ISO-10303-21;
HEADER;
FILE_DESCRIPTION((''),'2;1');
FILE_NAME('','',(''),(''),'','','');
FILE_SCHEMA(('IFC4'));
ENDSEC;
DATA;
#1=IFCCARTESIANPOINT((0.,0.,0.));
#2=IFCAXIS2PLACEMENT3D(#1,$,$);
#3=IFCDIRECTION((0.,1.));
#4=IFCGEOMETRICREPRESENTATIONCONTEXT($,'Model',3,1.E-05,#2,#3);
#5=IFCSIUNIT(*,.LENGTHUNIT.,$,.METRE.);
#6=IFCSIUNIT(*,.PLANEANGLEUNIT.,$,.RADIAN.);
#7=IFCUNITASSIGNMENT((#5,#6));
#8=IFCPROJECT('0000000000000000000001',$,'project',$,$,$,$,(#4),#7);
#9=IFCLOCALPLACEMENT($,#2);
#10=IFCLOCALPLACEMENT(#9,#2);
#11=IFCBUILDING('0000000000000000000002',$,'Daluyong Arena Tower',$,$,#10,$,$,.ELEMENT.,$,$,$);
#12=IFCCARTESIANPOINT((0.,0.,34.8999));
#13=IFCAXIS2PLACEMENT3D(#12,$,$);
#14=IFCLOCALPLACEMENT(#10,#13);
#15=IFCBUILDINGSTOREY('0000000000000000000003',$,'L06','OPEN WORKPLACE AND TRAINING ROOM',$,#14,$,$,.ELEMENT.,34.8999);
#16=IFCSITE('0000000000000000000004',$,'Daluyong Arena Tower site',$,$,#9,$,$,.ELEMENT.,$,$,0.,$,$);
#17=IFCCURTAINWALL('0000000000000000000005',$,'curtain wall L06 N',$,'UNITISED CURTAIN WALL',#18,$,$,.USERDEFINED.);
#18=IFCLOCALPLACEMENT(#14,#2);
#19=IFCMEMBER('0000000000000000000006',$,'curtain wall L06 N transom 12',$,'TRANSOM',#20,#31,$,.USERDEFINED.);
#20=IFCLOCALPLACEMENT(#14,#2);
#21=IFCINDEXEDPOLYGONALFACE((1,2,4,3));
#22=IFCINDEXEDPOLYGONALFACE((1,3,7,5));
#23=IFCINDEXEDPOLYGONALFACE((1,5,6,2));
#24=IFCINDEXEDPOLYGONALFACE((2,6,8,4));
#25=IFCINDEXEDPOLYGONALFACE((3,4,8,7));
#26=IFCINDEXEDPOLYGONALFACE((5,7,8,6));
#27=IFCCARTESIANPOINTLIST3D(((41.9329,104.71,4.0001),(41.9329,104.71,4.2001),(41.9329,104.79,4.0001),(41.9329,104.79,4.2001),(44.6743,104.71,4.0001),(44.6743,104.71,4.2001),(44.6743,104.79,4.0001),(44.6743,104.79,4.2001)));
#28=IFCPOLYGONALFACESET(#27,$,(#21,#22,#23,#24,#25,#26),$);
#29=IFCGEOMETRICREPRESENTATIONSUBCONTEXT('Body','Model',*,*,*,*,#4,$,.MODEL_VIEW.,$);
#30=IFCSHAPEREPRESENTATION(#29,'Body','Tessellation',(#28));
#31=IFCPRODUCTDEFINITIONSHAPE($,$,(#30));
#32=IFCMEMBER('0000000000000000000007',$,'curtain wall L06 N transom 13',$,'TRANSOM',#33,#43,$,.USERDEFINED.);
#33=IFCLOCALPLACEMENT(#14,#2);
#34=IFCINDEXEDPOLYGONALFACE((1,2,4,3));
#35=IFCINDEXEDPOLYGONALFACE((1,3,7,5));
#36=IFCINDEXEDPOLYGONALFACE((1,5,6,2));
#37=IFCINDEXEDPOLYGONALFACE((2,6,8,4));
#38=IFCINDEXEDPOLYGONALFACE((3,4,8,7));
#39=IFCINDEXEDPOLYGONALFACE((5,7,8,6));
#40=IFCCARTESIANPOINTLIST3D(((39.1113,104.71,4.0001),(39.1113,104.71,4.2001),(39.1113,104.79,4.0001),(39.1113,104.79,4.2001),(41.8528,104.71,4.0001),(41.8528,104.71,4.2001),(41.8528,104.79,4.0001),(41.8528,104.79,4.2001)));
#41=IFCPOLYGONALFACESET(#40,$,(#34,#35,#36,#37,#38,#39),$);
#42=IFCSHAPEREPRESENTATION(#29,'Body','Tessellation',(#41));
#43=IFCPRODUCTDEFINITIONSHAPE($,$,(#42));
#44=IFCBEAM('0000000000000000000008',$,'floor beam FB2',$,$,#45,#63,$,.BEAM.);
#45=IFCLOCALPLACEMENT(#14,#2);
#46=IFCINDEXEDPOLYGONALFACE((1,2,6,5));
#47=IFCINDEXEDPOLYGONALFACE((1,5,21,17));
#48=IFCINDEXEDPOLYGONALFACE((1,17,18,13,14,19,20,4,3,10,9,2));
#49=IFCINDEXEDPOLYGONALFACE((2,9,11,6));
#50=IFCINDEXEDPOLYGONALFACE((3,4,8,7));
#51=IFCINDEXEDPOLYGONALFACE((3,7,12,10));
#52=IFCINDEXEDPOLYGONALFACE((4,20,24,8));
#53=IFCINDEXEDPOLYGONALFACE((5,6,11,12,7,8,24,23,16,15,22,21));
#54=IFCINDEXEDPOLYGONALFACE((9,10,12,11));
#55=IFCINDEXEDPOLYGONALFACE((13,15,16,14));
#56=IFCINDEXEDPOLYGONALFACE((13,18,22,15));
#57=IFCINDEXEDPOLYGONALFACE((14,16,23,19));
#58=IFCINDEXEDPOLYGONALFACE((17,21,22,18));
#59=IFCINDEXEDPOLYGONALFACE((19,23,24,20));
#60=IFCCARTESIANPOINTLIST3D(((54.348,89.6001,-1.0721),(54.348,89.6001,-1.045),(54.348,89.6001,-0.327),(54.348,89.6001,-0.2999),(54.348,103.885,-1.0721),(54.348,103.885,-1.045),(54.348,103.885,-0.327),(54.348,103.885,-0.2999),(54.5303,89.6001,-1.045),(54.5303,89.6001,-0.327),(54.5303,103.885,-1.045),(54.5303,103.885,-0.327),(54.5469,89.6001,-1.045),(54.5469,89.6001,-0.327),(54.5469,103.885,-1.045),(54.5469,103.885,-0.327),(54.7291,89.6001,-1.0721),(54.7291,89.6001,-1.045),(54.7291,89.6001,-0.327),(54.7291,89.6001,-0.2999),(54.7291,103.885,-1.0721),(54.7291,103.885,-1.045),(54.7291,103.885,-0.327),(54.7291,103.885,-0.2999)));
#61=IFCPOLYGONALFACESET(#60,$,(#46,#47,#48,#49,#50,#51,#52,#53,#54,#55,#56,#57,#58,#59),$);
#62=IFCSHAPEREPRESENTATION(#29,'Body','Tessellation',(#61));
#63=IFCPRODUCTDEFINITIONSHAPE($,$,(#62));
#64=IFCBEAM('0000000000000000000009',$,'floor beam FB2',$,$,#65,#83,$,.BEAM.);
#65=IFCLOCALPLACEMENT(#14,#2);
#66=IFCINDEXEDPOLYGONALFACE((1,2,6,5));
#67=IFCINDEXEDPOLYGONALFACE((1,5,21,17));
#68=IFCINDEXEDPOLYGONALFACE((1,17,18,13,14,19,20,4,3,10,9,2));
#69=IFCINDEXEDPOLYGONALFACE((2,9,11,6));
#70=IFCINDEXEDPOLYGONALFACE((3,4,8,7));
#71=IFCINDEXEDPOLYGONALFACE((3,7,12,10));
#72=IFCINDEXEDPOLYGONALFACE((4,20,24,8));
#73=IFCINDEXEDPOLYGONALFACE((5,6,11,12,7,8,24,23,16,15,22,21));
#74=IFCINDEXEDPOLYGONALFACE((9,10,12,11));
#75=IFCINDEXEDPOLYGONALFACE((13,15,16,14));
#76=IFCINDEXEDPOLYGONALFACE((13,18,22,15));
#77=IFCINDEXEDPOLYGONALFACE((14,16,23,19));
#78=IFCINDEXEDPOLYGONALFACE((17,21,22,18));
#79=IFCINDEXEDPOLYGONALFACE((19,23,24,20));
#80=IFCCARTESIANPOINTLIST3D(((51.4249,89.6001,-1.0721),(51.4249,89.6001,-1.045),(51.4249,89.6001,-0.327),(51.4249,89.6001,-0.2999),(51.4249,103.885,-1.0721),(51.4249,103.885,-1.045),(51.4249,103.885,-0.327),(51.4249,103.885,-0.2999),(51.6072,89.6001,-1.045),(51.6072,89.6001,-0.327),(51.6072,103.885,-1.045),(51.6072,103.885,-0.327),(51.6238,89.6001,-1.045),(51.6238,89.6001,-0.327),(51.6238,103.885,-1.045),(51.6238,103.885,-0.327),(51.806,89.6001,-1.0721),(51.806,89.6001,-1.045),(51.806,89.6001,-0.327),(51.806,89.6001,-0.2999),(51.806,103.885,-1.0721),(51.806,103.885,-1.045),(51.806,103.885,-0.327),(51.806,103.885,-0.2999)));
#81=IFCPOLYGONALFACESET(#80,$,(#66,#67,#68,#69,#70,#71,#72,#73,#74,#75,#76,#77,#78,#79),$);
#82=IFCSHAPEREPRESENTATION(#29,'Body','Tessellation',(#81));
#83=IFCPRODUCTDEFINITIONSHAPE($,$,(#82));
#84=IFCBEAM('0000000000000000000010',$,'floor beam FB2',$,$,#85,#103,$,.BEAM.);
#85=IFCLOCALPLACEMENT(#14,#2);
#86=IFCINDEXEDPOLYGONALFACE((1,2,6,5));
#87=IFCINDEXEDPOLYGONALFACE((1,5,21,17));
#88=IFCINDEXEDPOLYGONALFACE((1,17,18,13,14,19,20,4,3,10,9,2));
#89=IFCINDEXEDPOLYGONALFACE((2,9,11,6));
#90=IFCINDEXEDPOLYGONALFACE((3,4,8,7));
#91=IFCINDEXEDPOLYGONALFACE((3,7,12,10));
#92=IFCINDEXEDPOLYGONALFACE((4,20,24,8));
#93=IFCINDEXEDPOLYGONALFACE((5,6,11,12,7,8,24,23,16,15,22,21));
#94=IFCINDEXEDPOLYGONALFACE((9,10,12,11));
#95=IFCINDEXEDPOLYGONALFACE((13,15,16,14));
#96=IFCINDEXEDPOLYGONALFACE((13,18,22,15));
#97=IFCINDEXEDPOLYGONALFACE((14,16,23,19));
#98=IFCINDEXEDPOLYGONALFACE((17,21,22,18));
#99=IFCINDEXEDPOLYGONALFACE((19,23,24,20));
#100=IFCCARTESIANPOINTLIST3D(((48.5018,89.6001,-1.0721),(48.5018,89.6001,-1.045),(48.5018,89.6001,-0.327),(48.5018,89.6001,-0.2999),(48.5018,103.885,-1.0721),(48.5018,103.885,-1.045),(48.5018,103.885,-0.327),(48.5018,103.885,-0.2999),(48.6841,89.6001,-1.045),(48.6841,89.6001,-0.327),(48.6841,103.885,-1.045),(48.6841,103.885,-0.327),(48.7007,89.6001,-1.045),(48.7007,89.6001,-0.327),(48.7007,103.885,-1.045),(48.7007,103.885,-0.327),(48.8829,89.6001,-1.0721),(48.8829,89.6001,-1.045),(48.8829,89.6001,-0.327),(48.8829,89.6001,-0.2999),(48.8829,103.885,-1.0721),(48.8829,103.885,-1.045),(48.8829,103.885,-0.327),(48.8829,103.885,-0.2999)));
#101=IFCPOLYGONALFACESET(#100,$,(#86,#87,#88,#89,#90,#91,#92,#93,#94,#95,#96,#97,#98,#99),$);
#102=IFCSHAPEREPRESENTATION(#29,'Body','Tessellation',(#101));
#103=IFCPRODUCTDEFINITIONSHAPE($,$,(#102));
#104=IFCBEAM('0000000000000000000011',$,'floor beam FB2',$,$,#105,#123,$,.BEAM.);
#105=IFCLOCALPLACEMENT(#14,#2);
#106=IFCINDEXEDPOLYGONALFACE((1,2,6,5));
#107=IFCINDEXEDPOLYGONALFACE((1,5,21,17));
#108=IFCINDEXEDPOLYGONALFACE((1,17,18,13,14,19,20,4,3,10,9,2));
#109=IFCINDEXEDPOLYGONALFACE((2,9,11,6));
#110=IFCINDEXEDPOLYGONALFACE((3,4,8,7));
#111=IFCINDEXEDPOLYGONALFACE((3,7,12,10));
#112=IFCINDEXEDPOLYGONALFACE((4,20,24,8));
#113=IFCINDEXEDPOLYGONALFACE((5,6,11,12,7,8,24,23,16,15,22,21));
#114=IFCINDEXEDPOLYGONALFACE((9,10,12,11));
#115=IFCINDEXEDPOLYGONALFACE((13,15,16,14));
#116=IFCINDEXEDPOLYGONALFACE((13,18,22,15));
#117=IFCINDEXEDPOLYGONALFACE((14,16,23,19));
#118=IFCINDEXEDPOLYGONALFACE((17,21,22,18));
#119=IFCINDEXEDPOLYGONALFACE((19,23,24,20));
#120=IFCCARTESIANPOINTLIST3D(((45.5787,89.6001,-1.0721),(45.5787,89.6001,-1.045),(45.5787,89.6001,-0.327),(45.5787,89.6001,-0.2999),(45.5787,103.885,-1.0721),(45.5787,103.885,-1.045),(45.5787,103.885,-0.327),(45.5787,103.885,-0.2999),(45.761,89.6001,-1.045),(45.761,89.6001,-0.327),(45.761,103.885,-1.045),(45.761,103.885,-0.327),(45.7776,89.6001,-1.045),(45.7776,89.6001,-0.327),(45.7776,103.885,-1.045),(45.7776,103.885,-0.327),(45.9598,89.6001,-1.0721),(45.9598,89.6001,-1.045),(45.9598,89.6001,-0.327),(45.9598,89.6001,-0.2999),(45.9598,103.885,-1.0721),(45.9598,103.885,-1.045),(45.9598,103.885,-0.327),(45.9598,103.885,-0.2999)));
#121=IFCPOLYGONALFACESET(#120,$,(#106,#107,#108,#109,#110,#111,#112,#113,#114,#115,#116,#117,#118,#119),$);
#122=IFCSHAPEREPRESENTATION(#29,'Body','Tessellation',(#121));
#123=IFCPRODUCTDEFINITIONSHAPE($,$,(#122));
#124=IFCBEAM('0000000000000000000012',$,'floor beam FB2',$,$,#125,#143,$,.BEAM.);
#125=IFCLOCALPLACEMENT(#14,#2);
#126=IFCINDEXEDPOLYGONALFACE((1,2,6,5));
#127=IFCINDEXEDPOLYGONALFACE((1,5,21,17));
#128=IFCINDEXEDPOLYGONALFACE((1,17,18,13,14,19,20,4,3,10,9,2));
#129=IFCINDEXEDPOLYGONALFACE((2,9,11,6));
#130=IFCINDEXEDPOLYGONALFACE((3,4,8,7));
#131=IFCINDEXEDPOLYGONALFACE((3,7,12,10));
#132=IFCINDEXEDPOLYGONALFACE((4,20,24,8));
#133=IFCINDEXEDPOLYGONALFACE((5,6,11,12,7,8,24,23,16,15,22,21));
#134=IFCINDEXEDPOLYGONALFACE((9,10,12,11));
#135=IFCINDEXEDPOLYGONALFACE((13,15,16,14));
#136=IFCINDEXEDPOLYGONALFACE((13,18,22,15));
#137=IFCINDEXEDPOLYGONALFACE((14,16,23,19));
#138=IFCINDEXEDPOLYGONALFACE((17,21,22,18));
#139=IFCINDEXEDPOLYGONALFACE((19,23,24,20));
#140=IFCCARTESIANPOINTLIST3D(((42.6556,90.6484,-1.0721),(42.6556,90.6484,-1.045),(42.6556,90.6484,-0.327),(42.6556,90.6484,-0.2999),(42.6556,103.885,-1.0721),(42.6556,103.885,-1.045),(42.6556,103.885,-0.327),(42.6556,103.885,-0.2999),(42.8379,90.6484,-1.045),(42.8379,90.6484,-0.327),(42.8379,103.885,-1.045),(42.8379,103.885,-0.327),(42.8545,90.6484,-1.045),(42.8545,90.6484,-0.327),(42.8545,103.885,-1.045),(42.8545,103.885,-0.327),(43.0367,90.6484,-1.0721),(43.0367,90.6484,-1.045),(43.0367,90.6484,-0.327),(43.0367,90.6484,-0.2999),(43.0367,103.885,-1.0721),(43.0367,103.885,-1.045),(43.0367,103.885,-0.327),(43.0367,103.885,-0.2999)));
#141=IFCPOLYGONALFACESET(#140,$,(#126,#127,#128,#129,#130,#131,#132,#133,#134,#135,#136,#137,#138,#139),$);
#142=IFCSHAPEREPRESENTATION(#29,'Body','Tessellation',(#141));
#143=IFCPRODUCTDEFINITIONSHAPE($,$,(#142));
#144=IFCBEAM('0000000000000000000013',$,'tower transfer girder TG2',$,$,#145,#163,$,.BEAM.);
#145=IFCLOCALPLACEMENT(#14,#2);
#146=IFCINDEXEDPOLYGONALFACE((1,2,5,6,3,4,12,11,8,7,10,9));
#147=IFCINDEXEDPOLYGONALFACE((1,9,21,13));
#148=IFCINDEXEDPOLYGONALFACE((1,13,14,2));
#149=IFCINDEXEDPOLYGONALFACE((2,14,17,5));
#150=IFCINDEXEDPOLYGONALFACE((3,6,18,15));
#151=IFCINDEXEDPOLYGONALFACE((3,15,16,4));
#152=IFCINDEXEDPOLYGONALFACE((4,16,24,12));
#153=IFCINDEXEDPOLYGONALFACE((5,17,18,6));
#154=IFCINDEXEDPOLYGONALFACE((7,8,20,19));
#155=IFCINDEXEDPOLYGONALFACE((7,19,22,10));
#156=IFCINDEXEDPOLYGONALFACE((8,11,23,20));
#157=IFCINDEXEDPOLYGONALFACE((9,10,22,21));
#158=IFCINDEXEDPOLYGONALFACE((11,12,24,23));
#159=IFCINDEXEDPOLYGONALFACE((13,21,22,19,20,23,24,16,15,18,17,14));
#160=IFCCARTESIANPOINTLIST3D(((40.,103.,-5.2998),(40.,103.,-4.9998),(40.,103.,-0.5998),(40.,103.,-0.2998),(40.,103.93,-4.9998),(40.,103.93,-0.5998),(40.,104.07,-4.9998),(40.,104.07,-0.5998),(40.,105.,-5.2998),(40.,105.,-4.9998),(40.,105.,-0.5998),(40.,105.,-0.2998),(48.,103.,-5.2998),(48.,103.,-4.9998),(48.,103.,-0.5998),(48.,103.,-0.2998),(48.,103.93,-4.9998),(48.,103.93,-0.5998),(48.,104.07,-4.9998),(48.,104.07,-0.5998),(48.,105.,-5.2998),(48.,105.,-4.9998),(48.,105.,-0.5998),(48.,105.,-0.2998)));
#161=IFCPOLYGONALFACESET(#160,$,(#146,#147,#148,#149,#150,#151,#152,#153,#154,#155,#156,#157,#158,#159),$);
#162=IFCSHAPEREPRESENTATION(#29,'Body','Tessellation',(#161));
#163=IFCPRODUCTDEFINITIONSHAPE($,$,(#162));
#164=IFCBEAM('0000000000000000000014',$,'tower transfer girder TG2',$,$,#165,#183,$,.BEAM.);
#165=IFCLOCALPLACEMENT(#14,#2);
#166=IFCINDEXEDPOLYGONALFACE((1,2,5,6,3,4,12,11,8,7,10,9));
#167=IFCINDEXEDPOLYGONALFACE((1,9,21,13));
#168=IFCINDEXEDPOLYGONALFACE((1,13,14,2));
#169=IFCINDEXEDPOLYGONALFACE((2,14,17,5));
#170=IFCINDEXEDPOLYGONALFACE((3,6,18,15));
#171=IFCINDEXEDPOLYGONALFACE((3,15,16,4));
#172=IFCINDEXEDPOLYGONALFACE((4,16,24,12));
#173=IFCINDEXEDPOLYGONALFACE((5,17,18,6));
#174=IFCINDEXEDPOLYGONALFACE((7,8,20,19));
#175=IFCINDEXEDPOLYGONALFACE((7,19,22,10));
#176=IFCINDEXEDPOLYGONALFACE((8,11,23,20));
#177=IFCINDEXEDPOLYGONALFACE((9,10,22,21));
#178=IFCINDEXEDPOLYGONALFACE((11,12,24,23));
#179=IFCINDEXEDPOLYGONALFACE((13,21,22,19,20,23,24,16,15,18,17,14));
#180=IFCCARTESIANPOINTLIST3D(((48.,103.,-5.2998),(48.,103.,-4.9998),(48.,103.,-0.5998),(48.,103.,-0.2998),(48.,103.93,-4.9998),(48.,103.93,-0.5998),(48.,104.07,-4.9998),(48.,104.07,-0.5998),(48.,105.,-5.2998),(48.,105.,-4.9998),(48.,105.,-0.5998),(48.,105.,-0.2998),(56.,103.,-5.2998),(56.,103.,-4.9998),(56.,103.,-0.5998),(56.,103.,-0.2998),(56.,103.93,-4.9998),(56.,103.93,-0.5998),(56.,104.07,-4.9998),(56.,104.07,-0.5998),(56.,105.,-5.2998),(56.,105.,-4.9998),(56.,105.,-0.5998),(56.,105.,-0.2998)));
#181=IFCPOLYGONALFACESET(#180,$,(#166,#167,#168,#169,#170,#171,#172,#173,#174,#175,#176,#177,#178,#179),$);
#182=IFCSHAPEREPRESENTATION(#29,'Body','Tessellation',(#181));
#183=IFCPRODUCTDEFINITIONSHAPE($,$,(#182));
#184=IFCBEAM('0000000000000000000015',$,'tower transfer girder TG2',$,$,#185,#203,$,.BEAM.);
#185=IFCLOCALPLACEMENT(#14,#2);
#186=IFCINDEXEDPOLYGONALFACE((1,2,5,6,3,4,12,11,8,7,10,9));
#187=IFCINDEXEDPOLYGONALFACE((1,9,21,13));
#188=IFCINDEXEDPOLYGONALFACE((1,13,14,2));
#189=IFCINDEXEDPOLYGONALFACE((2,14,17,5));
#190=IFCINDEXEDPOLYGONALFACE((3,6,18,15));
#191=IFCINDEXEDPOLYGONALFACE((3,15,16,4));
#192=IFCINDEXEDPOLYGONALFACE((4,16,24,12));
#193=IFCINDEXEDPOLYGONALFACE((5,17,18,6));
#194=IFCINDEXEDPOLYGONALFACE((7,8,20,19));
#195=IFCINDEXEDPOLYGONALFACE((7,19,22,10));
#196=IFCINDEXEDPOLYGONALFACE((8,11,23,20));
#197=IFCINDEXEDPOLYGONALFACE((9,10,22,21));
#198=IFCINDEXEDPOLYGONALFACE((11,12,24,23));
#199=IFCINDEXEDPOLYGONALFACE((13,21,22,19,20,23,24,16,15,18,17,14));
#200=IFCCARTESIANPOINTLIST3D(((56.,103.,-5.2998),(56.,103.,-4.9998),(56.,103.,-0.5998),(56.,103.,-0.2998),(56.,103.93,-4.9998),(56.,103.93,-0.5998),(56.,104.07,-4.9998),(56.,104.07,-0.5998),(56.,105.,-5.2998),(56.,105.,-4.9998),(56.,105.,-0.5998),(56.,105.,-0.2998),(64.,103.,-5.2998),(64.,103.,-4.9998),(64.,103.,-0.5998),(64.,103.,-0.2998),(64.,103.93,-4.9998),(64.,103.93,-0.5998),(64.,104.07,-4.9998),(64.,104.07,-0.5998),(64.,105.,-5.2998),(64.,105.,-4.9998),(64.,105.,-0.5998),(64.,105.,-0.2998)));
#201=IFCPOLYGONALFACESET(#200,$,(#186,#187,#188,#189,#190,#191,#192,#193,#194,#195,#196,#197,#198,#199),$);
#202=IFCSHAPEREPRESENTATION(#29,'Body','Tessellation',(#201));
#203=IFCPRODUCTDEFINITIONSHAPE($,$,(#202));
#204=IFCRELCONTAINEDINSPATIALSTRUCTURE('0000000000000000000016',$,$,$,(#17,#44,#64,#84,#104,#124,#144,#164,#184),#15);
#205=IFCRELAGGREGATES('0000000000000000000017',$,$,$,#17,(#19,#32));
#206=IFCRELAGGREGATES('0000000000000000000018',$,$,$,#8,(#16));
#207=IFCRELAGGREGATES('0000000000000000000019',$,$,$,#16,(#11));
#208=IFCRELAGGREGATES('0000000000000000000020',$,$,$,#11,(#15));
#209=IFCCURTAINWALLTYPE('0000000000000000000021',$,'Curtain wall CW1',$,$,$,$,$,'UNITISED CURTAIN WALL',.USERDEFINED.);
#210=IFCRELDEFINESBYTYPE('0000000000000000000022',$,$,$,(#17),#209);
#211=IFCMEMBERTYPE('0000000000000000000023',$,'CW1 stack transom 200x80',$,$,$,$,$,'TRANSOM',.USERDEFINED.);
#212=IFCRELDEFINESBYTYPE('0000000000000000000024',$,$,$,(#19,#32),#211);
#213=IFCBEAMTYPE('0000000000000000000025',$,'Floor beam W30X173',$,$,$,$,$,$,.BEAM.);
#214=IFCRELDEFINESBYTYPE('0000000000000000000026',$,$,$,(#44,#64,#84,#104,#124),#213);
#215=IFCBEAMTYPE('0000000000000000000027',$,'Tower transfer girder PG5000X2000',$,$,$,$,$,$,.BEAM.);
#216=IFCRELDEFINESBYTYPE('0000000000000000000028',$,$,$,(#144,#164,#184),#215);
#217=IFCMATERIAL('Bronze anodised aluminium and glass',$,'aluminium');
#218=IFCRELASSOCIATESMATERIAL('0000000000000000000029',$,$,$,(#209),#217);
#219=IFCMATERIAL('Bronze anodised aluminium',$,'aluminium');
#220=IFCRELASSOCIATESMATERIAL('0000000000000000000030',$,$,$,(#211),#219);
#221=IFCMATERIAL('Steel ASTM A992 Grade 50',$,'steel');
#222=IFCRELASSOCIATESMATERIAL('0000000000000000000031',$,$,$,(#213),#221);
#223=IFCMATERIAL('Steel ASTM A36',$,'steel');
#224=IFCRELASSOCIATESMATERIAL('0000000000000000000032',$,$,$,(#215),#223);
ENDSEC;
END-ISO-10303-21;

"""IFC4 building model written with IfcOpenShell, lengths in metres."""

from ifc_helpers import new_model, si_unit, direction, frame, origin, origin_2d, place, context, subcontext, project, spatial, rectangle, i_section, extrude, material, material_profile, profile_set, type_object, element, aggregate, save


model = new_model("IFC4")

# Units and contexts
model_context = context("Model", 3, precision=1e-05, world=origin(), true_north=direction((0.0, 1.0)))
body_context = subcontext(model_context, "Body", "Model", "MODEL_VIEW")
ifc_project = project(units=[si_unit("LENGTHUNIT", "METRE"), si_unit("PLANEANGLEUNIT", "RADIAN")], contexts=[model_context])

# Site, building, storey
site_placement = place(None, origin())
site = spatial("IfcSite", under=ifc_project, at=site_placement, Name="Daluyong Arena Tower site", CompositionType="ELEMENT", RefElevation=0.0)
building_placement = place(site_placement, origin())
building = spatial("IfcBuilding", under=site, at=building_placement, Name="Daluyong Arena Tower", CompositionType="ELEMENT")
storey_placement = place(building_placement, frame((0.0, 0.0, 34.8999)))
storey = spatial("IfcBuildingStorey", under=building, at=storey_placement, Name="L06", Description="OPEN WORKPLACE AND TRAINING ROOM", CompositionType="ELEMENT", Elevation=34.8999)

# Curtain wall, members
ifc_material_1 = material(Name="Bronze anodised aluminium and glass", Category="aluminium")
curtain_wall_type = type_object("IfcCurtainWallType", Name="Curtain wall CW1", ElementType="UNITISED CURTAIN WALL", PredefinedType="USERDEFINED", material=ifc_material_1)
curtain_wall_placement = place(storey_placement, origin())
curtain_wall = element("IfcCurtainWall", 1, at=curtain_wall_placement, inside=storey, type_object=curtain_wall_type, Name="curtain wall L06 N", ObjectType="UNITISED CURTAIN WALL", PredefinedType="USERDEFINED")
ifc_material_2 = material(Name="Bronze anodised aluminium", Category="aluminium")
ifc_material_profile_1 = material_profile(ifc_material_2, rectangle(XDim=0.0801, YDim=0.2, at=origin_2d()))
ifc_profile_set_1 = profile_set([ifc_material_profile_1], Name="Bronze anodised aluminium")
member_type_1 = type_object("IfcMemberType", Name="CW1 stack transom 200x80", ElementType="TRANSOM", PredefinedType="USERDEFINED", material=ifc_profile_set_1)
member_1_placement = place(storey_placement, frame((44.6743, 104.75, 4.1001), z_axis=(-1.0, 0.0, 0.0), x_axis=(0.0, -1.0, 0.0)))
member_1 = element("IfcMember", 2, at=member_1_placement, type_object=member_type_1, Name="curtain wall L06 N transom 12", ObjectType="TRANSOM", PredefinedType="USERDEFINED", context=body_context, shape_type="SweptSolid", body=[
    extrude(rectangle(XDim=0.0801, YDim=0.2, at=origin_2d()), origin(), (0.0, 0.0, 1.0), 2.7415),
])
member_2_placement = place(storey_placement, frame((41.8528, 104.75, 4.1001), z_axis=(-1.0, 0.0, 0.0), x_axis=(0.0, -1.0, 0.0)))
member_2 = element("IfcMember", 3, at=member_2_placement, type_object=member_type_1, Name="curtain wall L06 N transom 13", ObjectType="TRANSOM", PredefinedType="USERDEFINED", context=body_context, shape_type="SweptSolid", body=[
    extrude(rectangle(XDim=0.0801, YDim=0.2, at=origin_2d()), origin(), (0.0, 0.0, 1.0), 2.7415),
])

# Beams
ifc_material_3 = material(Name="Steel ASTM A992 Grade 50", Category="steel")
ifc_material_profile_2 = material_profile(ifc_material_3, i_section(OverallWidth=0.3811, OverallDepth=0.7722, WebThickness=0.0166, FlangeThickness=0.0271, at=origin_2d()))
ifc_profile_set_2 = profile_set([ifc_material_profile_2], Name="Steel ASTM A992 Grade 50")
beam_type_1 = type_object("IfcBeamType", Name="Floor beam W30X173", PredefinedType="BEAM", material=ifc_profile_set_2)
for number, where, z_axis, x_axis, name in (
    (4, (54.5386, 103.885, -0.686), (0.0, -1.0, 0.0), (1.0, 0.0, 0.0), "floor beam FB2"),
    (5, (51.6155, 103.885, -0.686), (0.0, -1.0, 0.0), (1.0, 0.0, 0.0), "floor beam FB2"),
    (6, (48.6924, 103.885, -0.686), (0.0, -1.0, 0.0), (1.0, 0.0, 0.0), "floor beam FB2"),
    (7, (45.7693, 103.885, -0.686), (0.0, -1.0, 0.0), (1.0, 0.0, 0.0), "floor beam FB2"),
):
    element("IfcBeam", number, at=place(storey_placement, frame(where, z_axis=z_axis, x_axis=x_axis)), inside=storey, type_object=beam_type_1, Name=name, PredefinedType="BEAM", context=body_context, shape_type="SweptSolid", body=[
        extrude(i_section(OverallWidth=0.3811, OverallDepth=0.7722, WebThickness=0.0166, FlangeThickness=0.0271, at=origin_2d()), origin(), (0.0, 0.0, 1.0), 14.2849),
    ])
beam_placement = place(storey_placement, frame((42.8462, 103.885, -0.686), z_axis=(0.0, -1.0, 0.0), x_axis=(1.0, 0.0, 0.0)))
element("IfcBeam", 8, at=beam_placement, inside=storey, type_object=beam_type_1, Name="floor beam FB2", PredefinedType="BEAM", context=body_context, shape_type="SweptSolid", body=[
    extrude(i_section(OverallWidth=0.3811, OverallDepth=0.7722, WebThickness=0.0166, FlangeThickness=0.0271, at=origin_2d()), origin(), (0.0, 0.0, 1.0), 13.2366),
])
ifc_material_4 = material(Name="Steel ASTM A36", Category="steel")
ifc_material_profile_3 = material_profile(ifc_material_4, i_section(OverallWidth=2.0, OverallDepth=5.0, WebThickness=0.14, FlangeThickness=0.3, at=origin_2d()))
ifc_profile_set_3 = profile_set([ifc_material_profile_3], Name="Steel ASTM A36")
beam_type_2 = type_object("IfcBeamType", Name="Tower transfer girder PG5000X2000", PredefinedType="BEAM", material=ifc_profile_set_3)
for number, where, z_axis, x_axis, name in (
    (9, (40.0, 104.0, -2.7998), (1.0, 0.0, 0.0), (0.0, 1.0, 0.0), "tower transfer girder TG2"),
    (10, (48.0, 104.0, -2.7998), (1.0, 0.0, 0.0), (0.0, 1.0, 0.0), "tower transfer girder TG2"),
    (11, (56.0, 104.0, -2.7998), (1.0, 0.0, 0.0), (0.0, 1.0, 0.0), "tower transfer girder TG2"),
):
    element("IfcBeam", number, at=place(storey_placement, frame(where, z_axis=z_axis, x_axis=x_axis)), inside=storey, type_object=beam_type_2, Name=name, PredefinedType="BEAM", context=body_context, shape_type="SweptSolid", body=[
        extrude(i_section(OverallWidth=2.0, OverallDepth=5.0, WebThickness=0.14, FlangeThickness=0.3, at=origin_2d()), origin(), (0.0, 0.0, 1.0), 8.0),
    ])

aggregate(curtain_wall, [member_1, member_2])

save(model, "model.ifc")
